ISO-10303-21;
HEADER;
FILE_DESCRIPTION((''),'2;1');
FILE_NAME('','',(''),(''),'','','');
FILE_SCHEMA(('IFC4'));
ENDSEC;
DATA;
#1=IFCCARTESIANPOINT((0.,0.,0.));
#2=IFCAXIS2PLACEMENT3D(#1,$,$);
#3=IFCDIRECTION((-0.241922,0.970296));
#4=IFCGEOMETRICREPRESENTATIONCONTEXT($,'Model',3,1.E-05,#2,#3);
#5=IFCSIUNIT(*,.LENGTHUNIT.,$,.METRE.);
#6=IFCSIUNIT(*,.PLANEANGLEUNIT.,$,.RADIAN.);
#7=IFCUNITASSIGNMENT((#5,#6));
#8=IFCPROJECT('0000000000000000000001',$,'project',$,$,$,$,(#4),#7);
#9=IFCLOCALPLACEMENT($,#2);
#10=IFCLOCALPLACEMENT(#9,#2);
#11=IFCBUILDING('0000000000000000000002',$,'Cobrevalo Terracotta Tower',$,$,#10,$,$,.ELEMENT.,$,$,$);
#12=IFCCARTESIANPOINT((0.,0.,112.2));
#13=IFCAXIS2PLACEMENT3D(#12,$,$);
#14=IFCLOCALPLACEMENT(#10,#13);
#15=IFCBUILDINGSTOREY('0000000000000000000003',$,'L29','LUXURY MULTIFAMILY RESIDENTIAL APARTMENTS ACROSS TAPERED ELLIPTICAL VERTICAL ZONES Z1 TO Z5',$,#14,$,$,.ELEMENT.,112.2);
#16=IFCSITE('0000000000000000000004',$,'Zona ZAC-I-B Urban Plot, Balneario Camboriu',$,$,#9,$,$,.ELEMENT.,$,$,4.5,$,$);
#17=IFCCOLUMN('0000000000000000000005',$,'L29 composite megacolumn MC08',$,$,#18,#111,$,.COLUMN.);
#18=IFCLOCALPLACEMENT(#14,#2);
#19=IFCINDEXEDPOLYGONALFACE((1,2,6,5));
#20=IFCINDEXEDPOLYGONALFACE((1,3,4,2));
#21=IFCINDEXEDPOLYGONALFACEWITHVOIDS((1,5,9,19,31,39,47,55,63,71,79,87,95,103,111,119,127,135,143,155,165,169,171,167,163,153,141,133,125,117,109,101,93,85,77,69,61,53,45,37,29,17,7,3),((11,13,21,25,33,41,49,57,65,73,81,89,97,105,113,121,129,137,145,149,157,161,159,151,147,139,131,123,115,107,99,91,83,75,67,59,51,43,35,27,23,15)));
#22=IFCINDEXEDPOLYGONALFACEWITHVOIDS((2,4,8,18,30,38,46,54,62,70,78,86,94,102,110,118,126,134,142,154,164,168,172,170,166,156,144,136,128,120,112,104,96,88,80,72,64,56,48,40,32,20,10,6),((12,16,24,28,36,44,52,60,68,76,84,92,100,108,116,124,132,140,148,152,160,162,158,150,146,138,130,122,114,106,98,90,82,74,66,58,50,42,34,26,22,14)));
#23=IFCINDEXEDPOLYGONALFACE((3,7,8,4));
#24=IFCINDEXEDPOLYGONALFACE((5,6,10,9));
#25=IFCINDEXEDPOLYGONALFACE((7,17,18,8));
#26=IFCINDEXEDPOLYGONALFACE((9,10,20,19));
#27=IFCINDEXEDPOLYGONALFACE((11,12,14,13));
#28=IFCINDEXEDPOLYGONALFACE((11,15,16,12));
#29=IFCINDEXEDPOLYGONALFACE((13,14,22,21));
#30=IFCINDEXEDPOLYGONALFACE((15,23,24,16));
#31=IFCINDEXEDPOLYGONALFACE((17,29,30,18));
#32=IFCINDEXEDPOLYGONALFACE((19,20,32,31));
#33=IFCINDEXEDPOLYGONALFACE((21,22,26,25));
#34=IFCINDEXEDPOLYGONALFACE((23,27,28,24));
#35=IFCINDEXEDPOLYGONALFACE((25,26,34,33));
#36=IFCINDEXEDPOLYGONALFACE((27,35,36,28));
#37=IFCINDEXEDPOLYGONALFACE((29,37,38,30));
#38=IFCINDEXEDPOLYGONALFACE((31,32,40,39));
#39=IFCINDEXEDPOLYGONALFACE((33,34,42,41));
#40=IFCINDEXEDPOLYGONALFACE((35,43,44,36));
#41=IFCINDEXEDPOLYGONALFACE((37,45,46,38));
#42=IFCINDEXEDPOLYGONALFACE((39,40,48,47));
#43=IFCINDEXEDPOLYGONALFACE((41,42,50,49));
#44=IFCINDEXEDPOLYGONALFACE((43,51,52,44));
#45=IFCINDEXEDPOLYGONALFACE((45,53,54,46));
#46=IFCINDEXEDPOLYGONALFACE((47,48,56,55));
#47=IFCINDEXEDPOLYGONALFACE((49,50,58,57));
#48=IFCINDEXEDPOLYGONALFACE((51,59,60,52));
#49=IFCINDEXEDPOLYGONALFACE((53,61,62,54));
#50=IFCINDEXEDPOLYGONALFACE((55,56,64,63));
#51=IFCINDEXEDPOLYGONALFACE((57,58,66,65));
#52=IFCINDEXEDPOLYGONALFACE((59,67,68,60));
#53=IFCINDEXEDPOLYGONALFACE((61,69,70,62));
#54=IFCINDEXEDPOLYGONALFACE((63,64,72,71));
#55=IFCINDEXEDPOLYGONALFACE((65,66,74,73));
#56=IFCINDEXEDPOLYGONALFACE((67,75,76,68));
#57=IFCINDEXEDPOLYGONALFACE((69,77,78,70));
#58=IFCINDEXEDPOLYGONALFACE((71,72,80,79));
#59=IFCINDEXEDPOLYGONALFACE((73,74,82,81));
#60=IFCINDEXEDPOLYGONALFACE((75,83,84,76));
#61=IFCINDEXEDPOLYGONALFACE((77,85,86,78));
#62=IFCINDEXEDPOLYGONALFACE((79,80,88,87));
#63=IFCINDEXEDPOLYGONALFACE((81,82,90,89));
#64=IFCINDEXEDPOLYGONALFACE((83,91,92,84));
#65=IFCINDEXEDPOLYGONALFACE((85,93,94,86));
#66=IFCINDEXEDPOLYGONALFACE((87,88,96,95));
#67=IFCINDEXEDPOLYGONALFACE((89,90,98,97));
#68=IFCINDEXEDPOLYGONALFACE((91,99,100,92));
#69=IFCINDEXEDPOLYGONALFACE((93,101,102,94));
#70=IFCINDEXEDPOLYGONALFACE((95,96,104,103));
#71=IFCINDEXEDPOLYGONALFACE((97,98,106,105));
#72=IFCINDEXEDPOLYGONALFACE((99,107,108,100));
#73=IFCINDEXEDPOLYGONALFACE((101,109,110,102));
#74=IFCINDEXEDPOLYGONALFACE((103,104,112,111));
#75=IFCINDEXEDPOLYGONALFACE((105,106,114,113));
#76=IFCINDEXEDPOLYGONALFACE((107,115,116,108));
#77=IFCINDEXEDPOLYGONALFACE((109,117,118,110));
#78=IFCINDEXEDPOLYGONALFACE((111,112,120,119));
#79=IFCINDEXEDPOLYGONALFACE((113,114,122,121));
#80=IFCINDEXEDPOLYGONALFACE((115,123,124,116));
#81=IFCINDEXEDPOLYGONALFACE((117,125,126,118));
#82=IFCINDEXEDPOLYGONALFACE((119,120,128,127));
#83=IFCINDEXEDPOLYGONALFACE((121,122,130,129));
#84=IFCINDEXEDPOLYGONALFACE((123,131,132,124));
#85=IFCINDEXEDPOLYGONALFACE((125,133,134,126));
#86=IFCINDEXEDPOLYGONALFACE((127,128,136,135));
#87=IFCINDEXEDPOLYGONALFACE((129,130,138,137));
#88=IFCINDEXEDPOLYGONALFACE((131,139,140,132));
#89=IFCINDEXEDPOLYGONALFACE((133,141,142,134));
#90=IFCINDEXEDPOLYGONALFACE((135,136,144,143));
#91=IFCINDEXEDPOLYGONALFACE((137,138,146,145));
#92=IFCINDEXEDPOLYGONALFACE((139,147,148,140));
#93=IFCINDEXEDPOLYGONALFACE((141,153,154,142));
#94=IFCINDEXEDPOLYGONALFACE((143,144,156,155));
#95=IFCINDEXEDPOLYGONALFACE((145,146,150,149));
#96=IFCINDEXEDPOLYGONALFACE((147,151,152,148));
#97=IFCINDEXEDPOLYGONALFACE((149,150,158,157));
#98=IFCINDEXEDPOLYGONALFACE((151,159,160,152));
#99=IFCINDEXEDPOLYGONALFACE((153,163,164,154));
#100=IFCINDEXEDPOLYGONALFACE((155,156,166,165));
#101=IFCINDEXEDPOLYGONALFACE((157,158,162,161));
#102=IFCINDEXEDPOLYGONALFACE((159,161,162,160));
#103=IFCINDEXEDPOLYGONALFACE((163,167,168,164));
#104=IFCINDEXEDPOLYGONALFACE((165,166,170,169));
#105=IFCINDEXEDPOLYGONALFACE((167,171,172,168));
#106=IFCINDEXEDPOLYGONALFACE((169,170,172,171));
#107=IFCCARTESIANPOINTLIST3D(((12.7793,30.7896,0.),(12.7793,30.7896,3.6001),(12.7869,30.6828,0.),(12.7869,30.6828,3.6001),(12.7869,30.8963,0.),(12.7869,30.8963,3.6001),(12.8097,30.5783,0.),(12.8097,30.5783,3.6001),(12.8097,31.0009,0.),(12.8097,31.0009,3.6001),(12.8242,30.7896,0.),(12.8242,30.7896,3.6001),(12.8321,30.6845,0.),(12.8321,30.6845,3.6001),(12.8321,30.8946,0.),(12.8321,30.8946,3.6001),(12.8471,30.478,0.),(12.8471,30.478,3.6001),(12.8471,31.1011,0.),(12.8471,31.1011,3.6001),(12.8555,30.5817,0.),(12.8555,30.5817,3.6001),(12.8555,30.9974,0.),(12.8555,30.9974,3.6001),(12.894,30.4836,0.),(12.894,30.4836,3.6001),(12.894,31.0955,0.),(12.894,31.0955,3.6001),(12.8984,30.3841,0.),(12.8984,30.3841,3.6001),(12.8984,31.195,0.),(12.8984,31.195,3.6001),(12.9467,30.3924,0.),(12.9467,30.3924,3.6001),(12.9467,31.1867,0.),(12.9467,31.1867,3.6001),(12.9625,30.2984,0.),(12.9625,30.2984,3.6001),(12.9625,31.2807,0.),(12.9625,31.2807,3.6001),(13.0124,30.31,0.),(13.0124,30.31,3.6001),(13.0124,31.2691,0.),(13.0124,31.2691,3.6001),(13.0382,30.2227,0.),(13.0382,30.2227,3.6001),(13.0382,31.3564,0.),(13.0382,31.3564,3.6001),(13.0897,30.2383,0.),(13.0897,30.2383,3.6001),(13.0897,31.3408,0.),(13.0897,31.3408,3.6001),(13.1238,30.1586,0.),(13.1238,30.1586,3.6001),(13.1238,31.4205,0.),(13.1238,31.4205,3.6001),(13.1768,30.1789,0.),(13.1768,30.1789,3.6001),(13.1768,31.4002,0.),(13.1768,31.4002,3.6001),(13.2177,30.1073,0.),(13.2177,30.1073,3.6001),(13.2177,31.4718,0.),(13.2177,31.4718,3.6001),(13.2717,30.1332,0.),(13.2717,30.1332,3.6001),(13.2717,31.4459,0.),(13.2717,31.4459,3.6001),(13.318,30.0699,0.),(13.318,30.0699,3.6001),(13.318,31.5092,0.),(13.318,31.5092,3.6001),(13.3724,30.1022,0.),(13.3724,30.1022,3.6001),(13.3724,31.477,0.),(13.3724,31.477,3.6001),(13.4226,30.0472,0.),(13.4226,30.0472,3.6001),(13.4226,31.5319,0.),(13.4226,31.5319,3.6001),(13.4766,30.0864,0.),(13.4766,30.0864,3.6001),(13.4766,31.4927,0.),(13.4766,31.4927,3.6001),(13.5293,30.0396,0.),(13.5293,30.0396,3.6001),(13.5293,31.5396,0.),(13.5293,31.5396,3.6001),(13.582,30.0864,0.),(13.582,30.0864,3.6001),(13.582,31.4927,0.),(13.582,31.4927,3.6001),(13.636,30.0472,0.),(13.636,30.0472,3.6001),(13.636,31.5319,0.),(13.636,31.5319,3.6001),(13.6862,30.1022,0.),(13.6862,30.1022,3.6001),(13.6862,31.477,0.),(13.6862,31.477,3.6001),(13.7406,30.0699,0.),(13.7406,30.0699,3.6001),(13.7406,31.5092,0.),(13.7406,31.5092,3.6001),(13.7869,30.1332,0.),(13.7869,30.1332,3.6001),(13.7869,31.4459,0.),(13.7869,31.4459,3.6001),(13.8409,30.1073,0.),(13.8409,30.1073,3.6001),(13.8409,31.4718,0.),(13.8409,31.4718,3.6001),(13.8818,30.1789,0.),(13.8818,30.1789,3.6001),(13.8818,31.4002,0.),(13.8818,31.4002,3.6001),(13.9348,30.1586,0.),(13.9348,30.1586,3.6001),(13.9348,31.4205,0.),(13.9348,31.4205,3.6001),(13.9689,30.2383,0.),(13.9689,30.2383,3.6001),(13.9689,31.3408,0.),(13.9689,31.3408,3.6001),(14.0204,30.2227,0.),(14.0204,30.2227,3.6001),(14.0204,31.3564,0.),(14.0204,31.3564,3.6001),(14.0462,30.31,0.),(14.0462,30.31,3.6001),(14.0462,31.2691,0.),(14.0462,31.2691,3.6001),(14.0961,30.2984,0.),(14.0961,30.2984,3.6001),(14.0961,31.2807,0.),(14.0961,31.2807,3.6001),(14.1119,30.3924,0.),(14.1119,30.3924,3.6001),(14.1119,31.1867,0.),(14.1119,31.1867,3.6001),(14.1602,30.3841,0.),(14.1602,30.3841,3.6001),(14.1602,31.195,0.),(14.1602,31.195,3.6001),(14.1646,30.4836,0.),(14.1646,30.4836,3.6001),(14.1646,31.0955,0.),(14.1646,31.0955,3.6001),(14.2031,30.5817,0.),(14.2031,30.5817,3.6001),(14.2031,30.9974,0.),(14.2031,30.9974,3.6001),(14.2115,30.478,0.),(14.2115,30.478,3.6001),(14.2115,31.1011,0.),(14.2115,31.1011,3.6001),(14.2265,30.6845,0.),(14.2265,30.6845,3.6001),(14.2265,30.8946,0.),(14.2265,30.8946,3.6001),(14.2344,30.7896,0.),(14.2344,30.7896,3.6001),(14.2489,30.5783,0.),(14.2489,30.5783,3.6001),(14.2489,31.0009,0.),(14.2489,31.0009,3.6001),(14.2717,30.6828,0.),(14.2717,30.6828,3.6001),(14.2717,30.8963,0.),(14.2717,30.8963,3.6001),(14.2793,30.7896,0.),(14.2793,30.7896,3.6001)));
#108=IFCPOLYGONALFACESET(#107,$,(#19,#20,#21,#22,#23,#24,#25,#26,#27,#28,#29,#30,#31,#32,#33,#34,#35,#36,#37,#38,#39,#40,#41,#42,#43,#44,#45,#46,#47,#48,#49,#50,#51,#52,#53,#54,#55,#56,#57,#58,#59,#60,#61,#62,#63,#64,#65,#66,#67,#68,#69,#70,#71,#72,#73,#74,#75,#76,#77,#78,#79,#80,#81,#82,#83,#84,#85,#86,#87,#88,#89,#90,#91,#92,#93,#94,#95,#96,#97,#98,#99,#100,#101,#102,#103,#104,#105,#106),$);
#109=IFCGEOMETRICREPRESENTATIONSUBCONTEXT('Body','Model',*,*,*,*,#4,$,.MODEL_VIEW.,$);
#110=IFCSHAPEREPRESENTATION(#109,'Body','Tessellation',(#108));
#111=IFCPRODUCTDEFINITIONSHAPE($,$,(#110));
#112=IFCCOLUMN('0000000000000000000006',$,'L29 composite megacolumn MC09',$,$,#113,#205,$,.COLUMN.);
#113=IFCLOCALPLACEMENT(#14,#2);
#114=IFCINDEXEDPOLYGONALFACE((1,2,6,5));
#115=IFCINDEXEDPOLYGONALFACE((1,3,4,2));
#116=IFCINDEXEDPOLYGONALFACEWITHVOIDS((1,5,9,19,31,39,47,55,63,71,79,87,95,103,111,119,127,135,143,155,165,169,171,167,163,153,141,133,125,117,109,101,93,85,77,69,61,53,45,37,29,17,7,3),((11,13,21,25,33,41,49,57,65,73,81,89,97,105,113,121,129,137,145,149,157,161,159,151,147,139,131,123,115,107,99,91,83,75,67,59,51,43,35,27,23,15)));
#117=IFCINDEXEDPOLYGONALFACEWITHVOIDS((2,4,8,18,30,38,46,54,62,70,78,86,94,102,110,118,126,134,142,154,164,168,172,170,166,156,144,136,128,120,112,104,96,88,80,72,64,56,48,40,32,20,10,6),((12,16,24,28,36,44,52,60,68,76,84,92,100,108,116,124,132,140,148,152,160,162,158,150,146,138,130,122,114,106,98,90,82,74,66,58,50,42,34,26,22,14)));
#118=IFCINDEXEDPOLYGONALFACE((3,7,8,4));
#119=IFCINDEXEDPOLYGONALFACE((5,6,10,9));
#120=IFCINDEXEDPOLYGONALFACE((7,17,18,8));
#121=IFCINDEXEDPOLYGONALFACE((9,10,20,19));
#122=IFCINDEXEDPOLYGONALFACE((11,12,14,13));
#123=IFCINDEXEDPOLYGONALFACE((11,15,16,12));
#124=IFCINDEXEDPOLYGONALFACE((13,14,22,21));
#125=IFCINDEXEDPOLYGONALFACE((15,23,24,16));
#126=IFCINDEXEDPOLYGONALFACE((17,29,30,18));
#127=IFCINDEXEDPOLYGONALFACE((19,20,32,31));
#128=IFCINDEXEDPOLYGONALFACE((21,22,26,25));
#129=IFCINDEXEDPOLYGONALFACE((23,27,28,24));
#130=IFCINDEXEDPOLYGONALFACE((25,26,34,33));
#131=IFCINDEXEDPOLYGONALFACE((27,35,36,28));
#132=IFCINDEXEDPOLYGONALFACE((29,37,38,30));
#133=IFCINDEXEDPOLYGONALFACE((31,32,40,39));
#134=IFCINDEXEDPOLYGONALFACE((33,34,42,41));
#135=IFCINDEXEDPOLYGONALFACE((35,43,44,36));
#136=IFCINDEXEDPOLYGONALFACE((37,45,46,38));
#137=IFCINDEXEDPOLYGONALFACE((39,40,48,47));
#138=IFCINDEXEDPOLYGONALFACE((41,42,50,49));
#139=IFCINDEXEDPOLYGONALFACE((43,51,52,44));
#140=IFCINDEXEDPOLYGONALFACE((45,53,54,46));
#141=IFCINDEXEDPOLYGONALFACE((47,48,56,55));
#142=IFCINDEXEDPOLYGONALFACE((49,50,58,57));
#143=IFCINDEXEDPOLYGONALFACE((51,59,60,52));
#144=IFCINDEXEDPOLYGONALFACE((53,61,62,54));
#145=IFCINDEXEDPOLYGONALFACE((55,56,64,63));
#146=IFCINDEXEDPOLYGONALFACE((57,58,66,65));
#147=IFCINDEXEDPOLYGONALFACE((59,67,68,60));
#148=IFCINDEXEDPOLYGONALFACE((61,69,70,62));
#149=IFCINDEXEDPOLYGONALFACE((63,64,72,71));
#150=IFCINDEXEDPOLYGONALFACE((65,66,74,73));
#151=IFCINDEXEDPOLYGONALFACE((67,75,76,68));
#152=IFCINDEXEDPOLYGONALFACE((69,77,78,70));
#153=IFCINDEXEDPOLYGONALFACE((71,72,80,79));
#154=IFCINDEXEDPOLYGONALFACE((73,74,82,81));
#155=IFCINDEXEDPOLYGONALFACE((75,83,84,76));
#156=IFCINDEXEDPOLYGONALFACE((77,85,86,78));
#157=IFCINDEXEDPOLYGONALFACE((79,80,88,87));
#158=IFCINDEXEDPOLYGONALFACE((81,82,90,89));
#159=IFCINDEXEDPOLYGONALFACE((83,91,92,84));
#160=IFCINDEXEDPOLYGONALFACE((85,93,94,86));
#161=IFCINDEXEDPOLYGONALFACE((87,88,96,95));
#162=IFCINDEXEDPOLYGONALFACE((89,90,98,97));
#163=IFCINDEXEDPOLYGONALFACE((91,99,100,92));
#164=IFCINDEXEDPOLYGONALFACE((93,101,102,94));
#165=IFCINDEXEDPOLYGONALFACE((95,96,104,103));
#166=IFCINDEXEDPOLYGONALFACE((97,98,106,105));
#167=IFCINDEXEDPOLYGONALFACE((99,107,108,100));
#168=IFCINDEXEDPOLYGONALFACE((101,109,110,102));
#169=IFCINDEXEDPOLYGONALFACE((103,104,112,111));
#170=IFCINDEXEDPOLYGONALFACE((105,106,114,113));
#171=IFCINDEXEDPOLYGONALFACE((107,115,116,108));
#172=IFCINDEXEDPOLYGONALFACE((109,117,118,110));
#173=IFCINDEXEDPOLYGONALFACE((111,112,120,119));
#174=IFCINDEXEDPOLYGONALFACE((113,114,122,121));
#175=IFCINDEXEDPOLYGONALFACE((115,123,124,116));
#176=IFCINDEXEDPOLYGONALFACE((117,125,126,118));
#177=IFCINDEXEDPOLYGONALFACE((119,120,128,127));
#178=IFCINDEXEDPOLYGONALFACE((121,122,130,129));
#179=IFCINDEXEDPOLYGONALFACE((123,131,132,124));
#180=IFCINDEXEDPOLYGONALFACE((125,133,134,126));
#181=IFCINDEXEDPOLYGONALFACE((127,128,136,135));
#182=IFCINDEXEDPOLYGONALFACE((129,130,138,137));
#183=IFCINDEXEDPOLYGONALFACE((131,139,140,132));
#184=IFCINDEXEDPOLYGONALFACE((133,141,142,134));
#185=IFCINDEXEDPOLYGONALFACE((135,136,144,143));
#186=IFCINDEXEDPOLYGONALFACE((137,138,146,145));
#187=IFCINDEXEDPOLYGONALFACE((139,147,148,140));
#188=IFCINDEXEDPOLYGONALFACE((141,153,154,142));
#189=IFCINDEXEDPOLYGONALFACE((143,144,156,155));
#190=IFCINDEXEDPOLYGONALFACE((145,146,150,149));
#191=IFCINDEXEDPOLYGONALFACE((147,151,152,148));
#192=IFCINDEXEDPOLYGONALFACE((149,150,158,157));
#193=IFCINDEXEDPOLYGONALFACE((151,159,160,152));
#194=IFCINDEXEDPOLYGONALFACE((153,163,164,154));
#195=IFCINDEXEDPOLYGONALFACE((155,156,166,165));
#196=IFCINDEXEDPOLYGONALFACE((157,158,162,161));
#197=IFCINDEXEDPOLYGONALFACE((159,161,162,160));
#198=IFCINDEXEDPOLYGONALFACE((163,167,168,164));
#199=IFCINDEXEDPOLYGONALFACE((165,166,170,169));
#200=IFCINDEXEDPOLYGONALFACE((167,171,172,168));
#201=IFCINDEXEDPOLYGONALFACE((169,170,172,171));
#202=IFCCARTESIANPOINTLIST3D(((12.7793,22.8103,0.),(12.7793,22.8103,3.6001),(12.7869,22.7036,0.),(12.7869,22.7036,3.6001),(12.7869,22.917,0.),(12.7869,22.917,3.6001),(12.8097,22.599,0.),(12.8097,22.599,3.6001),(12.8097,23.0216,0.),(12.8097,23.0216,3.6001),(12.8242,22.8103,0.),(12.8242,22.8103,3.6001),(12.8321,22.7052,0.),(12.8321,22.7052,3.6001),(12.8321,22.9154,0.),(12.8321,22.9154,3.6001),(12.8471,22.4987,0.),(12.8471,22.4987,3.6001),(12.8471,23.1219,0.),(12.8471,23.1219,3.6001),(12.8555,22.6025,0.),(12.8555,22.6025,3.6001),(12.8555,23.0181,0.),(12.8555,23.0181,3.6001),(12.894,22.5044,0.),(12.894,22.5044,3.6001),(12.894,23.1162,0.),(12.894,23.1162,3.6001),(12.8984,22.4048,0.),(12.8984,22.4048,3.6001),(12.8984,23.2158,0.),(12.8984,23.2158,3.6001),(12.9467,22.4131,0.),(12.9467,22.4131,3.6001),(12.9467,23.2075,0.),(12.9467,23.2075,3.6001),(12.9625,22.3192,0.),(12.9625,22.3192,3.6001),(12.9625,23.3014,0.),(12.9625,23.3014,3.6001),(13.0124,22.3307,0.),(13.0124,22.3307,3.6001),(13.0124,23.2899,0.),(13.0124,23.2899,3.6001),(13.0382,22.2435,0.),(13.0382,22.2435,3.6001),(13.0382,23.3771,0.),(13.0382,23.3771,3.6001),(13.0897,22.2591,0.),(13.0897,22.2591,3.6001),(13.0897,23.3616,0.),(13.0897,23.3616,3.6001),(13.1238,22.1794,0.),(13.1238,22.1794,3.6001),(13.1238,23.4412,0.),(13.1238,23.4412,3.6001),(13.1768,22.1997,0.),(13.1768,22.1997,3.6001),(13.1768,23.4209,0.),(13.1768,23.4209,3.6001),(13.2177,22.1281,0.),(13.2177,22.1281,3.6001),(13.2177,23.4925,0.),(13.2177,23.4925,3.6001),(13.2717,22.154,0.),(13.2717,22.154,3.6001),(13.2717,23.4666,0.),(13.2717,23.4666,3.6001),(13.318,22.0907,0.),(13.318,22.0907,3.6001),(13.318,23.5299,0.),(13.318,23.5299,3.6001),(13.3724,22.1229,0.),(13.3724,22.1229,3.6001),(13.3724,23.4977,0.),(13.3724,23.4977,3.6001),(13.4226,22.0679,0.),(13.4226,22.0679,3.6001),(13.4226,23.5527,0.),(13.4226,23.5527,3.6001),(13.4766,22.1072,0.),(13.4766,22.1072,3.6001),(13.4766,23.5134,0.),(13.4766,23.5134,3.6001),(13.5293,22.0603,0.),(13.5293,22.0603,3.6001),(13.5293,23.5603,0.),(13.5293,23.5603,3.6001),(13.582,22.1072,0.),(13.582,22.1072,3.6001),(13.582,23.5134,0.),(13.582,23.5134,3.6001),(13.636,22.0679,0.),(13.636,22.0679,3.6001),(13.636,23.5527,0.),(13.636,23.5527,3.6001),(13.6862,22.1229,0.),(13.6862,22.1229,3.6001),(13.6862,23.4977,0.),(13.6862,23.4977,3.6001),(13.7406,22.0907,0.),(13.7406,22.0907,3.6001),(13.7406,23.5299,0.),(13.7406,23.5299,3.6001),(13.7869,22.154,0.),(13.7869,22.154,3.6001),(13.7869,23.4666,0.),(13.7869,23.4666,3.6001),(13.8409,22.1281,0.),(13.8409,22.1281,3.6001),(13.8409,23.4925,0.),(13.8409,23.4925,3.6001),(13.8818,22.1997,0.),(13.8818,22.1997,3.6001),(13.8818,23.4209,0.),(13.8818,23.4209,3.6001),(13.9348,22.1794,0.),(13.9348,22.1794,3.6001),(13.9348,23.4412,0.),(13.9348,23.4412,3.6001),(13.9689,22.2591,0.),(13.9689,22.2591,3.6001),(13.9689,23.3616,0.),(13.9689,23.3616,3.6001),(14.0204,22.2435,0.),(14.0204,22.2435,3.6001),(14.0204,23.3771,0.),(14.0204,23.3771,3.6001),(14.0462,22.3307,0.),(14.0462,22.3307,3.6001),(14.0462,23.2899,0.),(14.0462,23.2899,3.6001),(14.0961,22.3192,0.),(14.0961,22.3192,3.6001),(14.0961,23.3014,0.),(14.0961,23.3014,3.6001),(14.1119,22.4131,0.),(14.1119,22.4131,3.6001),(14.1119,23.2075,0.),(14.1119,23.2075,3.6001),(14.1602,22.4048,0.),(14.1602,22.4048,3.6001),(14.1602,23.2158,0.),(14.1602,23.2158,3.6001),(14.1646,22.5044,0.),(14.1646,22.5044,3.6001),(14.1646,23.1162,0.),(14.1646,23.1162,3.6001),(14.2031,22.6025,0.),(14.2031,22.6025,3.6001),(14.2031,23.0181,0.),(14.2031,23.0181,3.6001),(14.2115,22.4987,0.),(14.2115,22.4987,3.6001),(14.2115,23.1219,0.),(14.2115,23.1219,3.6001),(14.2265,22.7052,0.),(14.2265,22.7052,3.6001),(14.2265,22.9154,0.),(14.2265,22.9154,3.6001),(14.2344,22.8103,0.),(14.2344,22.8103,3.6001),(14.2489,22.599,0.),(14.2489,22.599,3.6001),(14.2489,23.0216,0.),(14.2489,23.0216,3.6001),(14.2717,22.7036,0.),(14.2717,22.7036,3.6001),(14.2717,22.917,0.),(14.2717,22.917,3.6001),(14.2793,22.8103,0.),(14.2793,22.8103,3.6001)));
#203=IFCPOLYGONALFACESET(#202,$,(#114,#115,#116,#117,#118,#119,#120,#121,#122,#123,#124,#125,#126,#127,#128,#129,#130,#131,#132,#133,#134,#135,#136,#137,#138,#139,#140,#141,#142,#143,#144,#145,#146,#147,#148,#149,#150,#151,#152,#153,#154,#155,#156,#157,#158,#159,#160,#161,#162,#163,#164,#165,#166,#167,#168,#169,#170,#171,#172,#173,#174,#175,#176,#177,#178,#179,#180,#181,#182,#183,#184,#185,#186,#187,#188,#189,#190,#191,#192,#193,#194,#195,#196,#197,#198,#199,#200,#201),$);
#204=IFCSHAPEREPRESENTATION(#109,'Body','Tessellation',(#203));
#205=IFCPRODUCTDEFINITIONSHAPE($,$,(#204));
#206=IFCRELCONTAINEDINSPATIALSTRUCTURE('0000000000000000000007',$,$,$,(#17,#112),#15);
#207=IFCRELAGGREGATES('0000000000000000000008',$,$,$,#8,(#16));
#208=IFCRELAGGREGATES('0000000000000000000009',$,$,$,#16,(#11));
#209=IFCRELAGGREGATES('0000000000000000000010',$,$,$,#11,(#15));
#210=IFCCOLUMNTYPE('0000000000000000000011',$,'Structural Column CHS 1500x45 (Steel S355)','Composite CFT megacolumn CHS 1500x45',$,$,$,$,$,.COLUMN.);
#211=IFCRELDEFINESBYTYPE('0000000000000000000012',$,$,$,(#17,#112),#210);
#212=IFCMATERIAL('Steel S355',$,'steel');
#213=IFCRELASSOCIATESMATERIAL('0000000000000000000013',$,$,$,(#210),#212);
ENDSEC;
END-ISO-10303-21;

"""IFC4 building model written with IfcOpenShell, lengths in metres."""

from ifc_helpers import new_model, si_unit, direction, frame, origin, origin_2d, place, context, subcontext, project, spatial, hollow_circle, extrude, material, material_profile, profile_set, type_object, element, save


model = new_model("IFC4")

# Units and contexts
model_context = context("Model", 3, precision=1e-05, world=origin(), true_north=direction((-0.241922, 0.970296)))
body_context = subcontext(model_context, "Body", "Model", "MODEL_VIEW")
ifc_project = project(units=[si_unit("LENGTHUNIT", "METRE"), si_unit("PLANEANGLEUNIT", "RADIAN")], contexts=[model_context])

# Site, building, storey
site_placement = place(None, origin())
site = spatial("IfcSite", under=ifc_project, at=site_placement, Name="Zona ZAC-I-B Urban Plot, Balneario Camboriu", CompositionType="ELEMENT", RefElevation=4.5)
building_placement = place(site_placement, origin())
building = spatial("IfcBuilding", under=site, at=building_placement, Name="Cobrevalo Terracotta Tower", CompositionType="ELEMENT")
storey_placement = place(building_placement, frame((0.0, 0.0, 112.2)))
storey = spatial("IfcBuildingStorey", under=building, at=storey_placement, Name="L29", Description="LUXURY MULTIFAMILY RESIDENTIAL APARTMENTS ACROSS TAPERED ELLIPTICAL VERTICAL ZONES Z1 TO Z5", CompositionType="ELEMENT", Elevation=112.2)

# Columns
ifc_material_1 = material(Name="Steel S355", Category="steel")
ifc_material_profile_1 = material_profile(ifc_material_1, hollow_circle(Radius=0.75, WallThickness=0.0449, at=origin_2d()), Name="CHS 1500x45")
ifc_profile_set_1 = profile_set([ifc_material_profile_1], Name="Steel S355")
column_type = type_object("IfcColumnType", Name="Structural Column CHS 1500x45 (Steel S355)", Description="Composite CFT megacolumn CHS 1500x45", PredefinedType="COLUMN", material=ifc_profile_set_1)
for number, where, z_axis, x_axis, name in (
    (1, (13.5293, 30.7896, 0.0), (0.0, 0.0, 1.0), (1.0, 0.0, 0.0), "L29 composite megacolumn MC08"),
    (2, (13.5293, 22.8103, 0.0), (0.0, 0.0, 1.0), (1.0, 0.0, 0.0), "L29 composite megacolumn MC09"),
):
    element("IfcColumn", number, at=place(storey_placement, frame(where, z_axis=z_axis, x_axis=x_axis)), inside=storey, type_object=column_type, Name=name, PredefinedType="COLUMN", context=body_context, shape_type="SweptSolid", body=[
        extrude(hollow_circle(Radius=0.75, WallThickness=0.0449, at=origin_2d()), origin(), (0.0, 0.0, 1.0), 3.6001),
    ])

save(model, "model.ifc")
